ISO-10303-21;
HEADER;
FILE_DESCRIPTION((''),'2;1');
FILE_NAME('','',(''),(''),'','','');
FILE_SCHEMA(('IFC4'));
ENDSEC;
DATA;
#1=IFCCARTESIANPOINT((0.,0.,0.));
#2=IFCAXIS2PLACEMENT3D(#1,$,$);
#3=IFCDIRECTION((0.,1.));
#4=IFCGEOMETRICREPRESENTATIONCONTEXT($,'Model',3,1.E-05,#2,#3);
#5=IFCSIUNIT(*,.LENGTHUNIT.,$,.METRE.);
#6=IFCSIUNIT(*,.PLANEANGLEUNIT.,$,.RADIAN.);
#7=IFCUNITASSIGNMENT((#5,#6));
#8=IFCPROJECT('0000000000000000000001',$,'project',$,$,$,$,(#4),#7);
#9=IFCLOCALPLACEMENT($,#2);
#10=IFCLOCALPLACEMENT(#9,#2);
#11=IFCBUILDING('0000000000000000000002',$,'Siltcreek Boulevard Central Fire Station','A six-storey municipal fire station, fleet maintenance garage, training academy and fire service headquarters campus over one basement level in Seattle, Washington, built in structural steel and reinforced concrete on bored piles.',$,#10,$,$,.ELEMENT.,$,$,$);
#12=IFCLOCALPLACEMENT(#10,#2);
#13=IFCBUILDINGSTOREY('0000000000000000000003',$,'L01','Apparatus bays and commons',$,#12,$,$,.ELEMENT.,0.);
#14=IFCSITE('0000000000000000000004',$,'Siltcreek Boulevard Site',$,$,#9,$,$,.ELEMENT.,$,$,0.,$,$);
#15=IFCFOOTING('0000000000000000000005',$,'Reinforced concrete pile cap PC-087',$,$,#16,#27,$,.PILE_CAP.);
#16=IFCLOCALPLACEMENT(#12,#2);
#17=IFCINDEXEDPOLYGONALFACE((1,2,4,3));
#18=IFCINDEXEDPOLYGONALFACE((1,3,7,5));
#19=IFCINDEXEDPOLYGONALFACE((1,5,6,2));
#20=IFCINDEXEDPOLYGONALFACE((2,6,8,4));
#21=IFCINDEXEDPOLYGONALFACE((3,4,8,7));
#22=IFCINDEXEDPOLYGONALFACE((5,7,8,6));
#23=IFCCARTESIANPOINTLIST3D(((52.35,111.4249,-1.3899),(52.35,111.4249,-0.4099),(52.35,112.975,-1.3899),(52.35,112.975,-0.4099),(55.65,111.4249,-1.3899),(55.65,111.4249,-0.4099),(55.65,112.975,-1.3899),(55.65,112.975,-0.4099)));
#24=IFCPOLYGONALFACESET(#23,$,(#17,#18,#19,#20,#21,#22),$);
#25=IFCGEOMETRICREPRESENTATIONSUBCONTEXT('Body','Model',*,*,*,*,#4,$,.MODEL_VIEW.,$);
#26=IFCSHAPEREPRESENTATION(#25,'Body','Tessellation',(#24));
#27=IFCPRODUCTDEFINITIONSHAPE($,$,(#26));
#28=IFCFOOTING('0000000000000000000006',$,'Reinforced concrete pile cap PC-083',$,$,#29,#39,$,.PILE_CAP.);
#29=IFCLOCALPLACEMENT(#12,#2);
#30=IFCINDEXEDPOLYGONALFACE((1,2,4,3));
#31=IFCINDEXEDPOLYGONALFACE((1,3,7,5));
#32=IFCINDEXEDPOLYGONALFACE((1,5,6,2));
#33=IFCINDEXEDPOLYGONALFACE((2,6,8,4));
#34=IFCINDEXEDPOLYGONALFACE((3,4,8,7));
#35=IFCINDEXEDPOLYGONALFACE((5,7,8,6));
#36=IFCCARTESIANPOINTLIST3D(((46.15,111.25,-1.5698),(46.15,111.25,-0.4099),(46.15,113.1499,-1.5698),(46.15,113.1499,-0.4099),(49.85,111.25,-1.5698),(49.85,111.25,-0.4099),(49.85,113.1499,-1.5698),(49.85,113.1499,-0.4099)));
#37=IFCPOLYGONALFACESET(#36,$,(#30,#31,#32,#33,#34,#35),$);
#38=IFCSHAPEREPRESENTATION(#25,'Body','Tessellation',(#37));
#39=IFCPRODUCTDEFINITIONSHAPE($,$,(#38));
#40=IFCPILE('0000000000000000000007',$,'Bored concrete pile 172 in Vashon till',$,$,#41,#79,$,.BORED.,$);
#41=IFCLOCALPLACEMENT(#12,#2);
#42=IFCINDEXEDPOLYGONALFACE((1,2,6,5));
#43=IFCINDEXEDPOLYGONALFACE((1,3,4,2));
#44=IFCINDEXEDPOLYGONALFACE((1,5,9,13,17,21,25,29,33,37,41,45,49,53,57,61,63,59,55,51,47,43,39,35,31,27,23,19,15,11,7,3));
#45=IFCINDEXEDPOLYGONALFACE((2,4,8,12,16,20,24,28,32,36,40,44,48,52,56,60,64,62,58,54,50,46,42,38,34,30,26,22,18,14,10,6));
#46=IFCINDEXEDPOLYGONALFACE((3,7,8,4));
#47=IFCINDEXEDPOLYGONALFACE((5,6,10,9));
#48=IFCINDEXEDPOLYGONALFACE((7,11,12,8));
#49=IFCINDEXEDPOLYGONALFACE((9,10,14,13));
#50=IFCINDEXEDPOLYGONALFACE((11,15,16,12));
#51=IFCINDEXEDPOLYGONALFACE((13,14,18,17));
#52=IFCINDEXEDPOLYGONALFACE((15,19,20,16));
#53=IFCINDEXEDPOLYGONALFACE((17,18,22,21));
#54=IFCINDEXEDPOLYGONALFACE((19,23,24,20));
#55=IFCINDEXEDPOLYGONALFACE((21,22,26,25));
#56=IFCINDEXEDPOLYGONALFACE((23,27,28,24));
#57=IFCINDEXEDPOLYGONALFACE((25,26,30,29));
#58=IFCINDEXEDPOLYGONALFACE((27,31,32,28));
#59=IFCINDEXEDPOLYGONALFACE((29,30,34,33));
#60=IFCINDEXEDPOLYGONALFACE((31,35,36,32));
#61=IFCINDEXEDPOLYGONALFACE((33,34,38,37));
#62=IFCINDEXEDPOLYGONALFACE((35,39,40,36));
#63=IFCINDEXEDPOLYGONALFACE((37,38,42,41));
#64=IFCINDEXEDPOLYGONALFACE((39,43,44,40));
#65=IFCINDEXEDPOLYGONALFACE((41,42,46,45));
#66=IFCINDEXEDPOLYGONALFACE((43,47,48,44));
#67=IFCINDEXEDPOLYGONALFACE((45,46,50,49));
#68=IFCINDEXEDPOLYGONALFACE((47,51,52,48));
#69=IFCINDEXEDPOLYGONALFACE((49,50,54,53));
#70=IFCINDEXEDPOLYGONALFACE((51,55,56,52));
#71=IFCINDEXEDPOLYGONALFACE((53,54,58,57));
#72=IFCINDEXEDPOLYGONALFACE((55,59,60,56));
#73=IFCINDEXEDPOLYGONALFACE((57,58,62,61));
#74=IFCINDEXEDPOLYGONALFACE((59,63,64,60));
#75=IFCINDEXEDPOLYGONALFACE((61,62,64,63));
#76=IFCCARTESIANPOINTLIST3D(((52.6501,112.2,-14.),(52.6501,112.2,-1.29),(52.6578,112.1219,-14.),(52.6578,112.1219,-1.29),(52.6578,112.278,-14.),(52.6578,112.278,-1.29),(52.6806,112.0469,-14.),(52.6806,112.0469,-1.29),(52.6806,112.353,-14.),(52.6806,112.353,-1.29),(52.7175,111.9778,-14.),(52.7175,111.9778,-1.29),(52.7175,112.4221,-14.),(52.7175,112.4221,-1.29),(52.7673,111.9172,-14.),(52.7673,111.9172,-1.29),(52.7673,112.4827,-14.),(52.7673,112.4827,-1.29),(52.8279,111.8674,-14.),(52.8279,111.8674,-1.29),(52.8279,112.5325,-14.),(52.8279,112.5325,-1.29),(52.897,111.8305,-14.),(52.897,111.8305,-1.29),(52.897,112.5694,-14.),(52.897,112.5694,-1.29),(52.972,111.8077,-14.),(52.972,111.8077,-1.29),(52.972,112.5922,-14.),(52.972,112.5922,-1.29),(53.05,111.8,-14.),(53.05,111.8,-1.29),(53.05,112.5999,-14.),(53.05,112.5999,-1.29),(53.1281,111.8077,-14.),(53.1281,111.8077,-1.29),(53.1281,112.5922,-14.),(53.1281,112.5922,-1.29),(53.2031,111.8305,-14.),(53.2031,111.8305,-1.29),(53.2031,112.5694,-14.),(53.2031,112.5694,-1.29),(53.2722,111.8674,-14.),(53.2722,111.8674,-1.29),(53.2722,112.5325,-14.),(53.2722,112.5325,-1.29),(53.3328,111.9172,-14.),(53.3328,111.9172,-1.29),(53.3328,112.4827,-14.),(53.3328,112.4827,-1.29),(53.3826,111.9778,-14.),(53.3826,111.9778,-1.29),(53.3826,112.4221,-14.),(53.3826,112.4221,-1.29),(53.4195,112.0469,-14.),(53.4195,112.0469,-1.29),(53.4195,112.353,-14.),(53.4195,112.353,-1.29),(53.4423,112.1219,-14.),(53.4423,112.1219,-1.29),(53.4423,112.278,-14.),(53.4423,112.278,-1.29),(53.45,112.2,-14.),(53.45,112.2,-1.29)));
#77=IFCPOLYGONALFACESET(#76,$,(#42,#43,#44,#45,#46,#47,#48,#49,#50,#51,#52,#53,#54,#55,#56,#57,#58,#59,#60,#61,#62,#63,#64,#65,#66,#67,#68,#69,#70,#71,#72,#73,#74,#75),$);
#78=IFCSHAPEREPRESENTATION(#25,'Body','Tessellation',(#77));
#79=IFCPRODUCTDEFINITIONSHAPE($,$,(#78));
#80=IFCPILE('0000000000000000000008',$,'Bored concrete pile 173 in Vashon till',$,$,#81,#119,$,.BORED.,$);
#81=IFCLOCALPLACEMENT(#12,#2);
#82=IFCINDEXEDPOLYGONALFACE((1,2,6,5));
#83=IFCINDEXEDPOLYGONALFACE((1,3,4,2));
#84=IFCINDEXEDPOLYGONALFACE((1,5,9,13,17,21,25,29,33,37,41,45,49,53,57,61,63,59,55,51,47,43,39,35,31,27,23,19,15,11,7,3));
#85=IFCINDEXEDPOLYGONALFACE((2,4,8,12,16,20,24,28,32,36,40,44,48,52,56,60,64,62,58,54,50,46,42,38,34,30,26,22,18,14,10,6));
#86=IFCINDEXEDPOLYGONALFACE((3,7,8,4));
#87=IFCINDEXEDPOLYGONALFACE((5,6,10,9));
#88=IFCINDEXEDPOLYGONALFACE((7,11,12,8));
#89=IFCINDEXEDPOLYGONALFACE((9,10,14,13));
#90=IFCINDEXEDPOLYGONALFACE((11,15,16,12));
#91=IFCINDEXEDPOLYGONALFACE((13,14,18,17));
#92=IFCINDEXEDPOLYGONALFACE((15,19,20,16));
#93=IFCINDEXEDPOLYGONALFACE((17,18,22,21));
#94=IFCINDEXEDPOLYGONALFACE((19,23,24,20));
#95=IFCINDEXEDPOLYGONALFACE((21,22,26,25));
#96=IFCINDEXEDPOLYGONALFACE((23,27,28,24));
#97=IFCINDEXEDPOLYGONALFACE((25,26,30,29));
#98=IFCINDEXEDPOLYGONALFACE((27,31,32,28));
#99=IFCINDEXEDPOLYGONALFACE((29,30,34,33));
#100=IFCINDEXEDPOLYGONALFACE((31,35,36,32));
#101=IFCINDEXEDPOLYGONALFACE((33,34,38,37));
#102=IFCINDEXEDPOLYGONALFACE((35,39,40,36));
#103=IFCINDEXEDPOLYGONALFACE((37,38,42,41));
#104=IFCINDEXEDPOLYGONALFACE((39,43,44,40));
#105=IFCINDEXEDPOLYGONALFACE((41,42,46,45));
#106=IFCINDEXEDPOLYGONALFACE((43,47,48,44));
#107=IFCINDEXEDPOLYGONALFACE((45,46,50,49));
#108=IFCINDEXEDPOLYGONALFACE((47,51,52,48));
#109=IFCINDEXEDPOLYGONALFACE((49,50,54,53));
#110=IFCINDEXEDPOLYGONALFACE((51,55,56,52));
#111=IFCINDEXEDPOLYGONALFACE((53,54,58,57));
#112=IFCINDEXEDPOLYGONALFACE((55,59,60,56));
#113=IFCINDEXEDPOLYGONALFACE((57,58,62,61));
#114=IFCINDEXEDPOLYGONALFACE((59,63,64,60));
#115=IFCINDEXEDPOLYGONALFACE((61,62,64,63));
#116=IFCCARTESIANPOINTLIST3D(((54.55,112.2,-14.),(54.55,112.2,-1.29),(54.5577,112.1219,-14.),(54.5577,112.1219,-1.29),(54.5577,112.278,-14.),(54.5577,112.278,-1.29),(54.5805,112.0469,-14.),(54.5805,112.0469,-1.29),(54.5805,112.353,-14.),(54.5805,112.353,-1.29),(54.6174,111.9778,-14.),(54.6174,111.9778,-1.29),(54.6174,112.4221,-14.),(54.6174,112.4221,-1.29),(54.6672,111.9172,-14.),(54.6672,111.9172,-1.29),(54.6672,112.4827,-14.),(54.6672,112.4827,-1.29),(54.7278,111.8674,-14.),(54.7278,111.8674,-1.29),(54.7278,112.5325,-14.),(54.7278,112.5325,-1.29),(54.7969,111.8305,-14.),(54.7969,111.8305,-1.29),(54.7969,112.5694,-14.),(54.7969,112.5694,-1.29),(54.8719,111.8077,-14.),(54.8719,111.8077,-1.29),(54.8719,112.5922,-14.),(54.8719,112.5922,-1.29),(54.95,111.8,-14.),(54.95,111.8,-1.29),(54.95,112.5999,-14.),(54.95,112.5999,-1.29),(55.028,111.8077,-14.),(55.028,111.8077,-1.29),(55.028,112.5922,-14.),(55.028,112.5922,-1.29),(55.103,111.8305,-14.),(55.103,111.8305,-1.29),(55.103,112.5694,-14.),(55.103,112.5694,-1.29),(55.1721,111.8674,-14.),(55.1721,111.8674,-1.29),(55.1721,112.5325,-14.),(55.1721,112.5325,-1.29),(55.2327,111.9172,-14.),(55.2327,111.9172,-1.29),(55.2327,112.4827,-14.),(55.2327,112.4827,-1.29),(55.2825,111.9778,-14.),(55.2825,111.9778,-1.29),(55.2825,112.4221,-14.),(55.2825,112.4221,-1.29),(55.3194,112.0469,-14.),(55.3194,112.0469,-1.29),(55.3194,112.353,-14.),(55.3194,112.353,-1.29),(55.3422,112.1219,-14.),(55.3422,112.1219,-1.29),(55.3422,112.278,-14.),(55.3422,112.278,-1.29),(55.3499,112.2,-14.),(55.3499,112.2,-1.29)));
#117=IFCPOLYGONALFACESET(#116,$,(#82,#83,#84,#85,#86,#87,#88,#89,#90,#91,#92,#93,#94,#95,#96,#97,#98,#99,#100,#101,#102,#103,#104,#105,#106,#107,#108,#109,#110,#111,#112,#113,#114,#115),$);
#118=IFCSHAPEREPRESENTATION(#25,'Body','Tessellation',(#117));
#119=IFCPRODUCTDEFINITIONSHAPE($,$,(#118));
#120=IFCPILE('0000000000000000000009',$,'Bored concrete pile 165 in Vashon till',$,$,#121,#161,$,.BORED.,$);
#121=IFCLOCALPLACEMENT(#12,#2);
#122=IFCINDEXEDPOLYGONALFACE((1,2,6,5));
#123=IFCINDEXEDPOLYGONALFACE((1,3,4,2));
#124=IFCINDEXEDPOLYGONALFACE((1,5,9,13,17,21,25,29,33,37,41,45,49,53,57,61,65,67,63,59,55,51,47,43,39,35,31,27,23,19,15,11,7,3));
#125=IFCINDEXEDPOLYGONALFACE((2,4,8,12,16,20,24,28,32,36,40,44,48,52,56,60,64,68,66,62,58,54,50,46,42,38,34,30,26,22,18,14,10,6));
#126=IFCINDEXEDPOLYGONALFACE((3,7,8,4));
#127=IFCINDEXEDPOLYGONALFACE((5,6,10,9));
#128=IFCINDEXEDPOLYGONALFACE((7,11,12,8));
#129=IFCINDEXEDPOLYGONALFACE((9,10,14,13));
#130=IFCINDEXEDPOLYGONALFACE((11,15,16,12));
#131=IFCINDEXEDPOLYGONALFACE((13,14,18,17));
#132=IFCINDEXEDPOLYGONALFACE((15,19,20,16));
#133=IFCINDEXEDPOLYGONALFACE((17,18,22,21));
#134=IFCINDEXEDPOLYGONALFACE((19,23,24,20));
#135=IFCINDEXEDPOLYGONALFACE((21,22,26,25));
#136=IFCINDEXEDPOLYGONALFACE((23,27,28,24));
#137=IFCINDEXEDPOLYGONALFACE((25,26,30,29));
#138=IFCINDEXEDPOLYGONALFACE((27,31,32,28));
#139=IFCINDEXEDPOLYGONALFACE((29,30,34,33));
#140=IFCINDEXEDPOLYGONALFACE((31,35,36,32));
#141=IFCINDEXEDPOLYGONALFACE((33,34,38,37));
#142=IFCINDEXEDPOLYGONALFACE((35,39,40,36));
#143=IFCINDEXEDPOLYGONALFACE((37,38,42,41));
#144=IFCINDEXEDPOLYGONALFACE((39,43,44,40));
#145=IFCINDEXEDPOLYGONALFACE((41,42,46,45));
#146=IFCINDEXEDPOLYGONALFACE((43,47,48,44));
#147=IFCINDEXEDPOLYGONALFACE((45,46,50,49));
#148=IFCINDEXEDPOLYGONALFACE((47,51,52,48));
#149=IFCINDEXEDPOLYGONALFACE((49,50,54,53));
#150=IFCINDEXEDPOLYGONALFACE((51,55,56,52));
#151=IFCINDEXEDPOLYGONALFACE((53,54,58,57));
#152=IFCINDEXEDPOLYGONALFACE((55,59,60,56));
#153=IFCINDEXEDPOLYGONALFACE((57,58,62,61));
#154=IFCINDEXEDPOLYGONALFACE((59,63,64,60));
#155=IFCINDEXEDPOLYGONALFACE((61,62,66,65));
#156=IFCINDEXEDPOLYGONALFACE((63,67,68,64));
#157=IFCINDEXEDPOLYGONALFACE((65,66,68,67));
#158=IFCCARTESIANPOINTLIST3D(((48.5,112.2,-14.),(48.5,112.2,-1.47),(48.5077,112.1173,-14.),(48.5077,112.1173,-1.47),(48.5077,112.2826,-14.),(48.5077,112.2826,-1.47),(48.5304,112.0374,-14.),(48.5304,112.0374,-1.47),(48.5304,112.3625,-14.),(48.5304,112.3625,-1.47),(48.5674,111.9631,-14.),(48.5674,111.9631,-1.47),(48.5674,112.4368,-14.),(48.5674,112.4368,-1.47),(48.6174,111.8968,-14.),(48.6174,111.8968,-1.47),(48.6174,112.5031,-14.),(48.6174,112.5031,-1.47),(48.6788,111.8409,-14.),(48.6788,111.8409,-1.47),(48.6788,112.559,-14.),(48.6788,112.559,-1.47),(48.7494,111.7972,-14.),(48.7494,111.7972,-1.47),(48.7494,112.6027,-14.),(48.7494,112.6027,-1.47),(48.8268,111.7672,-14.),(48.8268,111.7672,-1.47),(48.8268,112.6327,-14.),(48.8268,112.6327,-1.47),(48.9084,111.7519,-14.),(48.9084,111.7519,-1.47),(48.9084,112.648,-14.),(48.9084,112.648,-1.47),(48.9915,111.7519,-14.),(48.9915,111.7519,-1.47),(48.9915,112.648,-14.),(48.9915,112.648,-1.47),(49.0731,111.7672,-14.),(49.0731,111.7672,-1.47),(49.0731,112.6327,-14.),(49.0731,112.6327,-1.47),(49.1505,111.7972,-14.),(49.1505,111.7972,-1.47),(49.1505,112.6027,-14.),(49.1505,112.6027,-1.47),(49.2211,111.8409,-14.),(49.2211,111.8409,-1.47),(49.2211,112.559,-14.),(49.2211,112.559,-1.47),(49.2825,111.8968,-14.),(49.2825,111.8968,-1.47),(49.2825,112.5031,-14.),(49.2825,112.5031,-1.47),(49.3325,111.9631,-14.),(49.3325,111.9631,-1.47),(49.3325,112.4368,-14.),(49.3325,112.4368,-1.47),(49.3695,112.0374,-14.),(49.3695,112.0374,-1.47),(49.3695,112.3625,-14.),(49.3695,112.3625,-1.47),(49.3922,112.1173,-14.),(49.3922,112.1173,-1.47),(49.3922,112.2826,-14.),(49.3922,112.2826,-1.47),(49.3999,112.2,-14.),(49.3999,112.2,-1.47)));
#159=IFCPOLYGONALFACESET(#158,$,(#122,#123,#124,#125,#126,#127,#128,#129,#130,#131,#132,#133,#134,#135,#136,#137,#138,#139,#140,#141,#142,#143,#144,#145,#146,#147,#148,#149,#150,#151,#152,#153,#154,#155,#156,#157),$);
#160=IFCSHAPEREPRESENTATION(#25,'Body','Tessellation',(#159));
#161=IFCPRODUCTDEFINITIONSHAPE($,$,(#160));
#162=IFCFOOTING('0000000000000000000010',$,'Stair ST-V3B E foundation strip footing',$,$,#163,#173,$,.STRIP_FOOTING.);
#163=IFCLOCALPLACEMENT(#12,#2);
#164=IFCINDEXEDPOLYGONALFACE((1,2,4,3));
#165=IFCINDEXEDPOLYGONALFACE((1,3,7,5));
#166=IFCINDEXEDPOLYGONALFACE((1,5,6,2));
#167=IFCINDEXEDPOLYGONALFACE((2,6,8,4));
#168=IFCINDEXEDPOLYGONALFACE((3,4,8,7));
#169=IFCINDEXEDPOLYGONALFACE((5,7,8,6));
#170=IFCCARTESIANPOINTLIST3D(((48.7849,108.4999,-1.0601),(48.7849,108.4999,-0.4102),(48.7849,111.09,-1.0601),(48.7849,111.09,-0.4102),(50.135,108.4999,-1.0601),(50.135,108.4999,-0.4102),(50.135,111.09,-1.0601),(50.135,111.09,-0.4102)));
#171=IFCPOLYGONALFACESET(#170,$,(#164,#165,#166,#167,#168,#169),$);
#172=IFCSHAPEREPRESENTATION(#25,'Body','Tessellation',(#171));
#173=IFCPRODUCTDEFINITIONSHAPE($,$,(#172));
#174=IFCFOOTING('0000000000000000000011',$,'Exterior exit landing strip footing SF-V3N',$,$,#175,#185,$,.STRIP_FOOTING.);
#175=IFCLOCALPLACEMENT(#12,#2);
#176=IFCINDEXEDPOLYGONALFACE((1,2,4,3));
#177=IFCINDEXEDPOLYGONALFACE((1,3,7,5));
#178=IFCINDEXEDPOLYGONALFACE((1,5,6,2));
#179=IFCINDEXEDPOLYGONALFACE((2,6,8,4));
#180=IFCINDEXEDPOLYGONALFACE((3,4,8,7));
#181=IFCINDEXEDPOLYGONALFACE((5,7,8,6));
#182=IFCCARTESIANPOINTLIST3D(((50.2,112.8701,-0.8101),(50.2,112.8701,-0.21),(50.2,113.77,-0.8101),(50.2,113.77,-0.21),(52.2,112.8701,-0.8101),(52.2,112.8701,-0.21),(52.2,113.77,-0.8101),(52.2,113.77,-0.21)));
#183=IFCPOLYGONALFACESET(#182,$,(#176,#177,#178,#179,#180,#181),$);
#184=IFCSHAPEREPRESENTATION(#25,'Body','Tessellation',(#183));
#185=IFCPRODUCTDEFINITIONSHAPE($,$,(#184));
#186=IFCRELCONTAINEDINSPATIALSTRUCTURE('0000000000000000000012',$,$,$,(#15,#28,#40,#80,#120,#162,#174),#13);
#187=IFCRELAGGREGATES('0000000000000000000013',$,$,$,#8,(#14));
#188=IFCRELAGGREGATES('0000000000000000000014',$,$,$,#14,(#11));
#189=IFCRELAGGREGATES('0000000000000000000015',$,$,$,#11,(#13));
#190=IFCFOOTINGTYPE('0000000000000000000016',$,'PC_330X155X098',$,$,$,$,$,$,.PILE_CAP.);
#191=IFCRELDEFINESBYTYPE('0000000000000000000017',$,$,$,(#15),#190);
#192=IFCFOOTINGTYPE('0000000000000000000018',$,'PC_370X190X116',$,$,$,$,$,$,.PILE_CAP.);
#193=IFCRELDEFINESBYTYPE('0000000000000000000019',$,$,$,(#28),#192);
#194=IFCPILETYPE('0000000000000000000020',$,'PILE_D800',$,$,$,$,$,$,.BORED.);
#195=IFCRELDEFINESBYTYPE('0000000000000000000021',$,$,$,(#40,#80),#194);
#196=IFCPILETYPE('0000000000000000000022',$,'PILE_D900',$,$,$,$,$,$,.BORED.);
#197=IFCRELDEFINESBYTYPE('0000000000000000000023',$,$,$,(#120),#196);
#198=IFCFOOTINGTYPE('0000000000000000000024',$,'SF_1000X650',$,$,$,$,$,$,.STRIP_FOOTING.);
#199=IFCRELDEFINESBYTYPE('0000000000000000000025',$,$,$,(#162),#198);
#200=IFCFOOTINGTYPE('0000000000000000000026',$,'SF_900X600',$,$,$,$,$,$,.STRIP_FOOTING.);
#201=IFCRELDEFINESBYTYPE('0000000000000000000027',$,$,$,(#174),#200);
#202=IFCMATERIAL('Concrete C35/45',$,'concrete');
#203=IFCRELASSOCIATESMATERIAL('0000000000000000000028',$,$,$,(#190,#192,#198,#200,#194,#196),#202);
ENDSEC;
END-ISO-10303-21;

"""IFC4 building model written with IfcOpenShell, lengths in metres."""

from ifc_helpers import new_model, si_unit, direction, frame, origin, origin_2d, place, context, subcontext, project, spatial, rectangle, circle, extrude, material, material_profile, profile_set, type_object, element, save


model = new_model("IFC4")

# Units and contexts
model_context = context("Model", 3, precision=1e-05, world=origin(), true_north=direction((0.0, 1.0)))
body_context = subcontext(model_context, "Body", "Model", "MODEL_VIEW")
ifc_project = project(units=[si_unit("LENGTHUNIT", "METRE"), si_unit("PLANEANGLEUNIT", "RADIAN")], contexts=[model_context])

# Site, building, storey
site_placement = place(None, origin())
site = spatial("IfcSite", under=ifc_project, at=site_placement, Name="Siltcreek Boulevard Site", CompositionType="ELEMENT", RefElevation=0.0)
building_placement = place(site_placement, origin())
building = spatial("IfcBuilding", under=site, at=building_placement, Name="Siltcreek Boulevard Central Fire Station", Description="A six-storey municipal fire station, fleet maintenance garage, training academy and fire service headquarters campus over one basement level in Seattle, Washington, built in structural steel and reinforced concrete on bored piles.", CompositionType="ELEMENT")
storey_placement = place(building_placement, origin())
storey = spatial("IfcBuildingStorey", under=building, at=storey_placement, Name="L01", Description="Apparatus bays and commons", CompositionType="ELEMENT", Elevation=0.0)

# Footings
ifc_material_1 = material(Name="Concrete C35/45", Category="concrete")
footing_type_1 = type_object("IfcFootingType", Name="PC_330X155X098", PredefinedType="PILE_CAP", material=ifc_material_1)
footing_1_placement = place(storey_placement, frame((54.0, 112.2, -1.3899), z_axis=(0.0, 0.0, 1.0), x_axis=(1.0, 0.0, 0.0)))
element("IfcFooting", 1, at=footing_1_placement, inside=storey, type_object=footing_type_1, Name="Reinforced concrete pile cap PC-087", PredefinedType="PILE_CAP", context=body_context, shape_type="SweptSolid", body=[
    extrude(rectangle(XDim=3.3, YDim=1.55, at=origin_2d()), origin(), (0.0, 0.0, 1.0), 0.98),
])
footing_type_2 = type_object("IfcFootingType", Name="PC_370X190X116", PredefinedType="PILE_CAP", material=ifc_material_1)
footing_2_placement = place(storey_placement, frame((48.0, 112.2, -1.5698), z_axis=(0.0, 0.0, 1.0), x_axis=(1.0, 0.0, 0.0)))
element("IfcFooting", 2, at=footing_2_placement, inside=storey, type_object=footing_type_2, Name="Reinforced concrete pile cap PC-083", PredefinedType="PILE_CAP", context=body_context, shape_type="SweptSolid", body=[
    extrude(rectangle(XDim=3.7, YDim=1.8999, at=origin_2d()), origin(), (0.0, 0.0, 1.0), 1.1599),
])

# Piles
ifc_material_profile_1 = material_profile(ifc_material_1, circle(Radius=0.3999, at=origin_2d()), Name="SHAFT800")
ifc_profile_set_1 = profile_set([ifc_material_profile_1], Name="Concrete C35/45")
pile_type_1 = type_object("IfcPileType", Name="PILE_D800", PredefinedType="BORED", material=ifc_profile_set_1)
for number, where, z_axis, x_axis, name in (
    (3, (53.05, 112.2, -1.29), (0.0, 0.0, -1.0), (1.0, 0.0, 0.0), "Bored concrete pile 172 in Vashon till"),
    (4, (54.95, 112.2, -1.29), (0.0, 0.0, -1.0), (1.0, 0.0, 0.0), "Bored concrete pile 173 in Vashon till"),
):
    element("IfcPile", number, at=place(storey_placement, frame(where, z_axis=z_axis, x_axis=x_axis)), inside=storey, type_object=pile_type_1, Name=name, PredefinedType="BORED", context=body_context, shape_type="SweptSolid", body=[
        extrude(circle(Radius=0.3999, at=origin_2d()), origin(), (0.0, 0.0, 1.0), 12.71),
    ])
ifc_material_profile_2 = material_profile(ifc_material_1, circle(Radius=0.45, at=origin_2d()), Name="SHAFT900")
ifc_profile_set_2 = profile_set([ifc_material_profile_2], Name="Concrete C35/45")
pile_type_2 = type_object("IfcPileType", Name="PILE_D900", PredefinedType="BORED", material=ifc_profile_set_2)
pile_placement = place(storey_placement, frame((48.95, 112.2, -1.47), z_axis=(0.0, 0.0, -1.0), x_axis=(1.0, 0.0, 0.0)))
element("IfcPile", 5, at=pile_placement, inside=storey, type_object=pile_type_2, Name="Bored concrete pile 165 in Vashon till", PredefinedType="BORED", context=body_context, shape_type="SweptSolid", body=[
    extrude(circle(Radius=0.45, at=origin_2d()), origin(), (0.0, 0.0, 1.0), 12.53),
])

# Footings
footing_type_3 = type_object("IfcFootingType", Name="SF_1000X650", PredefinedType="STRIP_FOOTING", material=ifc_material_1)
footing_3_placement = place(storey_placement, frame((49.46, 109.7949, -1.0601), z_axis=(0.0, 0.0, 1.0), x_axis=(1.0, 0.0, 0.0)))
element("IfcFooting", 6, at=footing_3_placement, inside=storey, type_object=footing_type_3, Name="Stair ST-V3B E foundation strip footing", PredefinedType="STRIP_FOOTING", context=body_context, shape_type="SweptSolid", body=[
    extrude(rectangle(XDim=1.3501, YDim=2.5901, at=origin_2d()), origin(), (0.0, 0.0, 1.0), 0.6499),
])
footing_type_4 = type_object("IfcFootingType", Name="SF_900X600", PredefinedType="STRIP_FOOTING", material=ifc_material_1)
footing_4_placement = place(storey_placement, frame((51.2, 113.3201, -0.8101), z_axis=(0.0, 0.0, 1.0), x_axis=(1.0, 0.0, 0.0)))
element("IfcFooting", 7, at=footing_4_placement, inside=storey, type_object=footing_type_4, Name="Exterior exit landing strip footing SF-V3N", PredefinedType="STRIP_FOOTING", context=body_context, shape_type="SweptSolid", body=[
    extrude(rectangle(XDim=2.0, YDim=0.8999, at=origin_2d()), origin(), (0.0, 0.0, 1.0), 0.6001),
])

save(model, "model.ifc")
